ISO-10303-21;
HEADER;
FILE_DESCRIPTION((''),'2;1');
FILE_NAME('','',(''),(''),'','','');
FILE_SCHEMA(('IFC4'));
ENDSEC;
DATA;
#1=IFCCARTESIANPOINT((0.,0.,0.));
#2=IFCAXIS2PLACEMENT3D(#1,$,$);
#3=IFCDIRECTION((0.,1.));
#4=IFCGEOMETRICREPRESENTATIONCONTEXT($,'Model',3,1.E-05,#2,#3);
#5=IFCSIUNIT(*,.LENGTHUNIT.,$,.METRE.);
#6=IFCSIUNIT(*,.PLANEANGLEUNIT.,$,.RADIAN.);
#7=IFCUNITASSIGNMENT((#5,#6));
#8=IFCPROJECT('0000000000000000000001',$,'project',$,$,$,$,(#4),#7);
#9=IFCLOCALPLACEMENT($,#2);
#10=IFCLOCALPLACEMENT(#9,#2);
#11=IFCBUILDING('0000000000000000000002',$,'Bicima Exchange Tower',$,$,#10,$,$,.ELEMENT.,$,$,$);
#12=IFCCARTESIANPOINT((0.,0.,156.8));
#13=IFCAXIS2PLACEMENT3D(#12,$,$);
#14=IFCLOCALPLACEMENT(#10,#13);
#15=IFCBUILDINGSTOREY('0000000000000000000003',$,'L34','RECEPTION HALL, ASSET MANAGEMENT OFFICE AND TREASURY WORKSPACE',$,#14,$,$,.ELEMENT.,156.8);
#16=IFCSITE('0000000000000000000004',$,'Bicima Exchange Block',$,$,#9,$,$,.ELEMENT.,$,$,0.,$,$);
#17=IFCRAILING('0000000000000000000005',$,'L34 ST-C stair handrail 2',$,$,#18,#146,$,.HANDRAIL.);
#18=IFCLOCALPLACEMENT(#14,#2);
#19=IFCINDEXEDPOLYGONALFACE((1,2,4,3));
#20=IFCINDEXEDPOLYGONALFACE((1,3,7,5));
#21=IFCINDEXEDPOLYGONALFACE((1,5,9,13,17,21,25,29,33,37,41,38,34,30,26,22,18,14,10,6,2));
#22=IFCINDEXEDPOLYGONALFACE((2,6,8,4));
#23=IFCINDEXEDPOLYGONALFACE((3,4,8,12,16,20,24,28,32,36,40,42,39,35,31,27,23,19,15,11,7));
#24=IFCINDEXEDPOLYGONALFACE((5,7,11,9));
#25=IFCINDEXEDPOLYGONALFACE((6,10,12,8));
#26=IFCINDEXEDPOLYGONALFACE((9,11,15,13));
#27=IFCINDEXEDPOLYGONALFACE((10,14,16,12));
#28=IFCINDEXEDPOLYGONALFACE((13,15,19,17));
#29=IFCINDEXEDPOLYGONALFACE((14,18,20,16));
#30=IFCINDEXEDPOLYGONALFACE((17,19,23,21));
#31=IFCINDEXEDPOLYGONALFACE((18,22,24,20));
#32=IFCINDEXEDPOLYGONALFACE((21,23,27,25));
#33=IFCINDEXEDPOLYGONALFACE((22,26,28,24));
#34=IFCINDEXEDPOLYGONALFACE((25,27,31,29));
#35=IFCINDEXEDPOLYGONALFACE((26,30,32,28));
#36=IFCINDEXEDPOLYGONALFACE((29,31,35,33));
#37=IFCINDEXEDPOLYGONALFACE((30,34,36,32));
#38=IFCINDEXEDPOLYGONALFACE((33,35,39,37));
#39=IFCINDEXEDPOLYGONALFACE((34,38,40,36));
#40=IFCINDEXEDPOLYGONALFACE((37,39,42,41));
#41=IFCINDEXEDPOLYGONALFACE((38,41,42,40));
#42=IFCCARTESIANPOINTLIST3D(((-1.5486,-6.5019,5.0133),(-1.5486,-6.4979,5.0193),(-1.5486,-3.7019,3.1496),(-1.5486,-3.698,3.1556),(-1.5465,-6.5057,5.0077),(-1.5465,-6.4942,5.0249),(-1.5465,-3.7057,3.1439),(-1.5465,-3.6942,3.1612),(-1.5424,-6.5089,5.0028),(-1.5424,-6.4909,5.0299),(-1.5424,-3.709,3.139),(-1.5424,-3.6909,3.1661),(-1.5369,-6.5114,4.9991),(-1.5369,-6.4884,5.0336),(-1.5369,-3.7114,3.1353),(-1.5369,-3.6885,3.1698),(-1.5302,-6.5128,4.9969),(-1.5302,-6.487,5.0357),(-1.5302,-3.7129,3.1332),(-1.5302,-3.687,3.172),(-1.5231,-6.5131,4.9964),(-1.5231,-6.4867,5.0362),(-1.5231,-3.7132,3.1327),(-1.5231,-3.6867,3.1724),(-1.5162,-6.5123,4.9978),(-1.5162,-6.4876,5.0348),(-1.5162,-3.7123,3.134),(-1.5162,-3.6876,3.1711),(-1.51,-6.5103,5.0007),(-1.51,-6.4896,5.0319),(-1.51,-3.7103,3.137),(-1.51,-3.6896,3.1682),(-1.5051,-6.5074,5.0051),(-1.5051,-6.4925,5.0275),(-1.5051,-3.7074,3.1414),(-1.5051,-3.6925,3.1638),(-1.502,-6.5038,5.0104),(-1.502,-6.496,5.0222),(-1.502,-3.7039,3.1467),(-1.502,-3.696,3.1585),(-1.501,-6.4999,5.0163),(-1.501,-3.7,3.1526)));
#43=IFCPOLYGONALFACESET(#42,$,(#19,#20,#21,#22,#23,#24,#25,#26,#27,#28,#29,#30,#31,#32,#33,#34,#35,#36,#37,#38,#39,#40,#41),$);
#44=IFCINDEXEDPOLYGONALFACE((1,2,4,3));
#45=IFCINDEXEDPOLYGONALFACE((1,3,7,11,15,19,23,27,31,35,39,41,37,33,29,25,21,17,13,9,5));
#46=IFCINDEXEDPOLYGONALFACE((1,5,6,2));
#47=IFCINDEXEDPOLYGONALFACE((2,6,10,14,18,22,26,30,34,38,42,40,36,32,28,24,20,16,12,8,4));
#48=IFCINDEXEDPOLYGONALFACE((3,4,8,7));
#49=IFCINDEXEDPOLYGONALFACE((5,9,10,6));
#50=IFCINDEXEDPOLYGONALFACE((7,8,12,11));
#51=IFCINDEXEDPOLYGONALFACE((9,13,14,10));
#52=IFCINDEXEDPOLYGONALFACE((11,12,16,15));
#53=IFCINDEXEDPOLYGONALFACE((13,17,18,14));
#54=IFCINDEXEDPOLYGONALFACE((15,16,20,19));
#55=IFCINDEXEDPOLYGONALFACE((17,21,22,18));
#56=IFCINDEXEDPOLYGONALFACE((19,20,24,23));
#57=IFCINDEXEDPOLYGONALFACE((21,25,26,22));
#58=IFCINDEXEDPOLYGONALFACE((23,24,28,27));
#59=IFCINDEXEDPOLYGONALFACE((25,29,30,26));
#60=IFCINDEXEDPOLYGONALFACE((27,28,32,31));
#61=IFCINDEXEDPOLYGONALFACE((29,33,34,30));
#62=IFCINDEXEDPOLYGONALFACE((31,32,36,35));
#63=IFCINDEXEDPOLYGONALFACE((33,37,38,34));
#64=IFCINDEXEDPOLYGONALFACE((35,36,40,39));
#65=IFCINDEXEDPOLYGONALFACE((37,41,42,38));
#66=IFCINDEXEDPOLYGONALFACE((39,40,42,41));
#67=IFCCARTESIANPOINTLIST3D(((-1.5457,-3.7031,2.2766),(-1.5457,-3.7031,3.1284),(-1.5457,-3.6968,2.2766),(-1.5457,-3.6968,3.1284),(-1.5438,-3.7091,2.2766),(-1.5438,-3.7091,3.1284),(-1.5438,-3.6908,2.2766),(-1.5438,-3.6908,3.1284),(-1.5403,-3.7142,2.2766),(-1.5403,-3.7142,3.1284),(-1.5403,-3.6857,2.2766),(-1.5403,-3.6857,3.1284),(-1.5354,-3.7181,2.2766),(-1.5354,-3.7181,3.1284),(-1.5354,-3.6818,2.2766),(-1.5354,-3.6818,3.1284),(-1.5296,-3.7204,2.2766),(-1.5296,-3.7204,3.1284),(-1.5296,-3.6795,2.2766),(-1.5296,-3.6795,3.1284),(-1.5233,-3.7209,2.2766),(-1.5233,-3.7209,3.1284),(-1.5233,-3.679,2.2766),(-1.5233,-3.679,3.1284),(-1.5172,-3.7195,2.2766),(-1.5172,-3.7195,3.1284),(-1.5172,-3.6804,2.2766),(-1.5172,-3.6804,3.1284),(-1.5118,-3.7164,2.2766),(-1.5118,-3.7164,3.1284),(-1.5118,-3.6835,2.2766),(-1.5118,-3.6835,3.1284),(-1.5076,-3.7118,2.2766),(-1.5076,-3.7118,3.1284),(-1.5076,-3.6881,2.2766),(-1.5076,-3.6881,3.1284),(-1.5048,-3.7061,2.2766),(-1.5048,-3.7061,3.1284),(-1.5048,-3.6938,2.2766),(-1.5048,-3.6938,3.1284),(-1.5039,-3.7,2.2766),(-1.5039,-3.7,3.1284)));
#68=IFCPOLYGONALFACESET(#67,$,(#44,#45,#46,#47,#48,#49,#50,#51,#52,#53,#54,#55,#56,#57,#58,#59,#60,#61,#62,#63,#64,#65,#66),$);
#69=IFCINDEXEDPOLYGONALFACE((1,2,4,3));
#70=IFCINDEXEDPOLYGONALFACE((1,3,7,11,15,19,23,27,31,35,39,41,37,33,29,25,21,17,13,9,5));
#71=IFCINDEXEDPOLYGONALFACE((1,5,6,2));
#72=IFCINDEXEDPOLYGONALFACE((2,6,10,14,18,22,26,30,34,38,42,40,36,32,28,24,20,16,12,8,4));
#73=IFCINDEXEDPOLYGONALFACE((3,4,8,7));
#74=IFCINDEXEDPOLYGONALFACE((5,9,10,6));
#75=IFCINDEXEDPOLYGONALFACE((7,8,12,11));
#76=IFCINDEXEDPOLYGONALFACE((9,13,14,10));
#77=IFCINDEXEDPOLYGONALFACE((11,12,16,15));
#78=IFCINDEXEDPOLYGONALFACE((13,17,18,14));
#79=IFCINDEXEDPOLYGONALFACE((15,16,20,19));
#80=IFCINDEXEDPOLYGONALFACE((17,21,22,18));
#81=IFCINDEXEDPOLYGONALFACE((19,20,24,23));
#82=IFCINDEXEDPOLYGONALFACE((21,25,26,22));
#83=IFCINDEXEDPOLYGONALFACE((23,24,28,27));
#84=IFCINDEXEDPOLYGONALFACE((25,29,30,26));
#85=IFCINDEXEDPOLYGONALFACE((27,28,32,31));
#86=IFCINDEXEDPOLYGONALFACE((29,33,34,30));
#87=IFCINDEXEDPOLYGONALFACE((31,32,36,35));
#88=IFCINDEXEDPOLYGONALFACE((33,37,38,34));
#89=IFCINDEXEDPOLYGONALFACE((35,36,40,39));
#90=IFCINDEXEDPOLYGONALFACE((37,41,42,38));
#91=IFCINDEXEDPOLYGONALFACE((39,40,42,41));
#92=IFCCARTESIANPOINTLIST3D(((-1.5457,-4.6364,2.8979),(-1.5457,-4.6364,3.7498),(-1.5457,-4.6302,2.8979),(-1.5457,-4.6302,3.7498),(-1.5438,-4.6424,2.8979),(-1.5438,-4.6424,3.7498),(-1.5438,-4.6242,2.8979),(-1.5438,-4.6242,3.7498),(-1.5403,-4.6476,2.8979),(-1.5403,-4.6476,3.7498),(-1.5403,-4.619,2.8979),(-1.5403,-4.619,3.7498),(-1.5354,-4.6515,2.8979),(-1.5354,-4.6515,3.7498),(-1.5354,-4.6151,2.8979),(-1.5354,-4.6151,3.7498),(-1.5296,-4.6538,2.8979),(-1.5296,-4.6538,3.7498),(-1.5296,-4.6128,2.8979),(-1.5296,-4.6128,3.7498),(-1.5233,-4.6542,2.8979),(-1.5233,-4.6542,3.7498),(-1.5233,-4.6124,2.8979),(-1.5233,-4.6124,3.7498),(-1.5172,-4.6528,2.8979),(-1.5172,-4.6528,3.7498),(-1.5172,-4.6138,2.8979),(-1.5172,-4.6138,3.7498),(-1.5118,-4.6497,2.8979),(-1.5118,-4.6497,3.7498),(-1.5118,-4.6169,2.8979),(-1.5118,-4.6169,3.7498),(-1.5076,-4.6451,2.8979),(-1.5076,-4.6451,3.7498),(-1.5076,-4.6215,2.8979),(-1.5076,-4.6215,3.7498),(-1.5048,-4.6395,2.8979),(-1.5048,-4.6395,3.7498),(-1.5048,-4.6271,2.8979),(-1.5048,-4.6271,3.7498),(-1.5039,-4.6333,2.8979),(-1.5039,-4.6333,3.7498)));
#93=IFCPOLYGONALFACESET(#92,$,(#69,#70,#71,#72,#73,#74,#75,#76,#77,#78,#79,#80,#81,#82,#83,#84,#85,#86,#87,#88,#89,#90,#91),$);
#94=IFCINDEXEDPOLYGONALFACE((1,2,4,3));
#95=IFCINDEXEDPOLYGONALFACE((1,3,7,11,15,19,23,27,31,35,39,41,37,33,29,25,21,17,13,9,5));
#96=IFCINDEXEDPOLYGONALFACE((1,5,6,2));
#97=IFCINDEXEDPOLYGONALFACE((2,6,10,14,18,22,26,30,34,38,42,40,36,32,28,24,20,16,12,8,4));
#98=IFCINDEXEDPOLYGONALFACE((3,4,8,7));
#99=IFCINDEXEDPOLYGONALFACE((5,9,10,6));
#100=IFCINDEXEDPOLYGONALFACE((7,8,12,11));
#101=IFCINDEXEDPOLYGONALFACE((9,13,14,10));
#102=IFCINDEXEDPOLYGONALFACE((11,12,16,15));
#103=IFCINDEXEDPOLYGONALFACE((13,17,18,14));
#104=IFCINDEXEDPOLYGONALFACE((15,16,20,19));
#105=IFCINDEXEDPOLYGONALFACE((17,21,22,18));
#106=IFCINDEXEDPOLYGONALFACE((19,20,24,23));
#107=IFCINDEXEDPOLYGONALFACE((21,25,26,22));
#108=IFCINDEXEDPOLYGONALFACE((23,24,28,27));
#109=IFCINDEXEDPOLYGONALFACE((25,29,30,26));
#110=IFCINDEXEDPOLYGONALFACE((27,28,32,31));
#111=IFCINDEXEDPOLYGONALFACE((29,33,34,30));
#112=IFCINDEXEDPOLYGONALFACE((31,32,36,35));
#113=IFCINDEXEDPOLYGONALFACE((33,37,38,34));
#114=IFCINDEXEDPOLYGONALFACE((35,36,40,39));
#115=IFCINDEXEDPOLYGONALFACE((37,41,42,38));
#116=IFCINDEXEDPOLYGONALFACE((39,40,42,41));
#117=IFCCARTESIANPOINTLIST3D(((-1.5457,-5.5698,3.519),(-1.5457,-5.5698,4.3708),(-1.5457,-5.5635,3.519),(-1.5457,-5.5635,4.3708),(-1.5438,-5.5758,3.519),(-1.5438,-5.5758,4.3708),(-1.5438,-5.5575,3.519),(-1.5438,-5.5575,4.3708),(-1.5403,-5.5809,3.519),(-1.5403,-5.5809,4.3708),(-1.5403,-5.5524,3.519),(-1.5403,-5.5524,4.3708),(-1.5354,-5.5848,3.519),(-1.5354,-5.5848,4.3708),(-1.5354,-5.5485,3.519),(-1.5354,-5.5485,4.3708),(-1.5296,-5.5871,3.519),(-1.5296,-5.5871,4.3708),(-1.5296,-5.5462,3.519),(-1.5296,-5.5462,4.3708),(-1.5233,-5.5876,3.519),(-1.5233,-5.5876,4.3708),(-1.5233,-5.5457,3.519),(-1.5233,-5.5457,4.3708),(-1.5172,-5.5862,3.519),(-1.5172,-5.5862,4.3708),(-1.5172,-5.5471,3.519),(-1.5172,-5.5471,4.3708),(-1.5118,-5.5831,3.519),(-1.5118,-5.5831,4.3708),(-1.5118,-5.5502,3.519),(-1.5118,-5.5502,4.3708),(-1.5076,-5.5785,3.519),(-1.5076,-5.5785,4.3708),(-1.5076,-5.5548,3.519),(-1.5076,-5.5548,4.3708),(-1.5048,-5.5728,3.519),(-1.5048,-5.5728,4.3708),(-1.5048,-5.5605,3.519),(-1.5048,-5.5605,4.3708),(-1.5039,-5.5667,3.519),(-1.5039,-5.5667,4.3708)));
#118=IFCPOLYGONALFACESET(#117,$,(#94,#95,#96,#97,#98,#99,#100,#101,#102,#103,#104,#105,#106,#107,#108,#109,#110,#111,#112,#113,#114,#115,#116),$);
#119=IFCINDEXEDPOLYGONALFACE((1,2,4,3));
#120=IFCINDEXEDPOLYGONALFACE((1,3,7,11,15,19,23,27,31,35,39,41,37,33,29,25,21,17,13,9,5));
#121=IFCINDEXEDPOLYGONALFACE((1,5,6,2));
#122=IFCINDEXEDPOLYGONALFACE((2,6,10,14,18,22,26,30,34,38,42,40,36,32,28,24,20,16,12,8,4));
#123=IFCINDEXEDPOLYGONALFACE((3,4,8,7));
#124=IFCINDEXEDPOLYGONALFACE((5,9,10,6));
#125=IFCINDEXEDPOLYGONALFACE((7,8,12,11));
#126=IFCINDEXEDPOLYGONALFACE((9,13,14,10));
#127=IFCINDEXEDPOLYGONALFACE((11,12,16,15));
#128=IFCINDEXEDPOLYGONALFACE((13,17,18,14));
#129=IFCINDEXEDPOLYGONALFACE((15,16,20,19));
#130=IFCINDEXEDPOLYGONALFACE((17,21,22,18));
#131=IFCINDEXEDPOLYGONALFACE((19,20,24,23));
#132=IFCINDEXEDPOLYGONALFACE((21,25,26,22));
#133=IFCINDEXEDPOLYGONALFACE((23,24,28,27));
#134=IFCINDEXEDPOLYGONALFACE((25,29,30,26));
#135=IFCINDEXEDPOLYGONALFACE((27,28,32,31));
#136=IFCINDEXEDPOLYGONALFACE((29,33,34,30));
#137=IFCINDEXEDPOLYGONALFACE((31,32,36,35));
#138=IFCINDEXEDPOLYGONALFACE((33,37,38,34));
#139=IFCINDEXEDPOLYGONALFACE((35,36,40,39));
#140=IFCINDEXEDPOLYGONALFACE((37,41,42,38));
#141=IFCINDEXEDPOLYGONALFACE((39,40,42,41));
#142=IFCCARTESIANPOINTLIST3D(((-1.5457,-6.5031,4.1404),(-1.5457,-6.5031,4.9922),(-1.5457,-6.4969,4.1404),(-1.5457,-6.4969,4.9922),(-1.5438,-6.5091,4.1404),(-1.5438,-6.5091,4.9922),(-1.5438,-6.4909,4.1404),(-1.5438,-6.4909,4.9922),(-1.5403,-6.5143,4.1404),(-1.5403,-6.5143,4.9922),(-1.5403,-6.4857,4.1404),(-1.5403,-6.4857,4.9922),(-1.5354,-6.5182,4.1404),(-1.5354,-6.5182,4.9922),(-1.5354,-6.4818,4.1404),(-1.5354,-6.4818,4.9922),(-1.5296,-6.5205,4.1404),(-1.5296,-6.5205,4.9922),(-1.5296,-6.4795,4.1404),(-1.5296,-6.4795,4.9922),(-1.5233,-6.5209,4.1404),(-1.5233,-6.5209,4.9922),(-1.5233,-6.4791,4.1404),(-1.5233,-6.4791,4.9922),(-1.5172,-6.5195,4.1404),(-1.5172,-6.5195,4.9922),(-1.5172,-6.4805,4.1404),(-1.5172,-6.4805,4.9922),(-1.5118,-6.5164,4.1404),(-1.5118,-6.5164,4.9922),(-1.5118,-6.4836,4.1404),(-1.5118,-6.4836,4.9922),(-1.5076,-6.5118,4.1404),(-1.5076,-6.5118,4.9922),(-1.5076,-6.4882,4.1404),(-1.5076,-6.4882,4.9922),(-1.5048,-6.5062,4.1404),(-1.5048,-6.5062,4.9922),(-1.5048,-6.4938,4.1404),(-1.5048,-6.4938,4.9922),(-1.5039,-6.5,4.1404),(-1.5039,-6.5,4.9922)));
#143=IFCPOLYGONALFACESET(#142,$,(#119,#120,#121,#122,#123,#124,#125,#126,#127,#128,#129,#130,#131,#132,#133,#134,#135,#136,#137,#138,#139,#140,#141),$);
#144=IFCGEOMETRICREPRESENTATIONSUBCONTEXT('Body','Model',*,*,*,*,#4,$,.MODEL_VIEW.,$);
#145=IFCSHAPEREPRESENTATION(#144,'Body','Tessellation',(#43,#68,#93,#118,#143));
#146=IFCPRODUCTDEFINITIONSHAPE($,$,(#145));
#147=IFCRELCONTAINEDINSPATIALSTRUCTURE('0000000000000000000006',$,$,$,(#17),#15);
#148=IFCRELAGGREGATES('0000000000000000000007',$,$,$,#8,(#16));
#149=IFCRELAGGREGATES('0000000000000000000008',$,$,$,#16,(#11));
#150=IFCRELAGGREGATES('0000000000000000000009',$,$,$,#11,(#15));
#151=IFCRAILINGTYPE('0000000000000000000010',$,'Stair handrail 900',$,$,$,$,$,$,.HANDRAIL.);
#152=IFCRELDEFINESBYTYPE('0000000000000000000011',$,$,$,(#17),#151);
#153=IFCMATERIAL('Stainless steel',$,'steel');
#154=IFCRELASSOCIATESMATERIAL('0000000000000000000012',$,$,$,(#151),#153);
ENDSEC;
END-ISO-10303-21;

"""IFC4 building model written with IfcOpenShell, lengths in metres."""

from ifc_helpers import new_model, si_unit, direction, frame, origin, origin_2d, place, context, subcontext, project, spatial, circle, extrude, material, type_object, element, save


model = new_model("IFC4")

# Units and contexts
model_context = context("Model", 3, precision=1e-05, world=origin(), true_north=direction((0.0, 1.0)))
body_context = subcontext(model_context, "Body", "Model", "MODEL_VIEW")
ifc_project = project(units=[si_unit("LENGTHUNIT", "METRE"), si_unit("PLANEANGLEUNIT", "RADIAN")], contexts=[model_context])

# Site, building, storey
site_placement = place(None, origin())
site = spatial("IfcSite", under=ifc_project, at=site_placement, Name="Bicima Exchange Block", CompositionType="ELEMENT", RefElevation=0.0)
building_placement = place(site_placement, origin())
building = spatial("IfcBuilding", under=site, at=building_placement, Name="Bicima Exchange Tower", CompositionType="ELEMENT")
storey_placement = place(building_placement, frame((0.0, 0.0, 156.8)))
storey = spatial("IfcBuildingStorey", under=building, at=storey_placement, Name="L34", Description="RECEPTION HALL, ASSET MANAGEMENT OFFICE AND TREASURY WORKSPACE", CompositionType="ELEMENT", Elevation=156.8)

# Railing
ifc_material_1 = material(Name="Stainless steel", Category="steel")
railing_type = type_object("IfcRailingType", Name="Stair handrail 900", PredefinedType="HANDRAIL", material=ifc_material_1)
railing_placement = place(storey_placement, frame((-1.5249, -3.7, 2.2766)))
element("IfcRailing", 1, at=railing_placement, inside=storey, type_object=railing_type, Name="L34 ST-C stair handrail 2", PredefinedType="HANDRAIL", context=body_context, shape_type="SweptSolid", body=[
    extrude(circle(Radius=0.0239, at=origin_2d()), frame((0.0, 0.0, 0.876), z_axis=(0.0, -0.832452, 0.554097), x_axis=(1.0, 0.0, 0.0)), (0.0, 0.0, 1.0), 3.3635),
    extrude(circle(Radius=0.021, at=origin_2d()), origin(), (0.0, 0.0, 1.0), 0.8518),
    extrude(circle(Radius=0.021, at=origin_2d()), frame((0.0, -0.9333, 0.6213)), (0.0, 0.0, 1.0), 0.8518),
    extrude(circle(Radius=0.021, at=origin_2d()), frame((0.0, -1.8667, 1.2424)), (0.0, 0.0, 1.0), 0.8518),
    extrude(circle(Radius=0.021, at=origin_2d()), frame((0.0, -2.8, 1.8638)), (0.0, 0.0, 1.0), 0.8518),
])

save(model, "model.ifc")
